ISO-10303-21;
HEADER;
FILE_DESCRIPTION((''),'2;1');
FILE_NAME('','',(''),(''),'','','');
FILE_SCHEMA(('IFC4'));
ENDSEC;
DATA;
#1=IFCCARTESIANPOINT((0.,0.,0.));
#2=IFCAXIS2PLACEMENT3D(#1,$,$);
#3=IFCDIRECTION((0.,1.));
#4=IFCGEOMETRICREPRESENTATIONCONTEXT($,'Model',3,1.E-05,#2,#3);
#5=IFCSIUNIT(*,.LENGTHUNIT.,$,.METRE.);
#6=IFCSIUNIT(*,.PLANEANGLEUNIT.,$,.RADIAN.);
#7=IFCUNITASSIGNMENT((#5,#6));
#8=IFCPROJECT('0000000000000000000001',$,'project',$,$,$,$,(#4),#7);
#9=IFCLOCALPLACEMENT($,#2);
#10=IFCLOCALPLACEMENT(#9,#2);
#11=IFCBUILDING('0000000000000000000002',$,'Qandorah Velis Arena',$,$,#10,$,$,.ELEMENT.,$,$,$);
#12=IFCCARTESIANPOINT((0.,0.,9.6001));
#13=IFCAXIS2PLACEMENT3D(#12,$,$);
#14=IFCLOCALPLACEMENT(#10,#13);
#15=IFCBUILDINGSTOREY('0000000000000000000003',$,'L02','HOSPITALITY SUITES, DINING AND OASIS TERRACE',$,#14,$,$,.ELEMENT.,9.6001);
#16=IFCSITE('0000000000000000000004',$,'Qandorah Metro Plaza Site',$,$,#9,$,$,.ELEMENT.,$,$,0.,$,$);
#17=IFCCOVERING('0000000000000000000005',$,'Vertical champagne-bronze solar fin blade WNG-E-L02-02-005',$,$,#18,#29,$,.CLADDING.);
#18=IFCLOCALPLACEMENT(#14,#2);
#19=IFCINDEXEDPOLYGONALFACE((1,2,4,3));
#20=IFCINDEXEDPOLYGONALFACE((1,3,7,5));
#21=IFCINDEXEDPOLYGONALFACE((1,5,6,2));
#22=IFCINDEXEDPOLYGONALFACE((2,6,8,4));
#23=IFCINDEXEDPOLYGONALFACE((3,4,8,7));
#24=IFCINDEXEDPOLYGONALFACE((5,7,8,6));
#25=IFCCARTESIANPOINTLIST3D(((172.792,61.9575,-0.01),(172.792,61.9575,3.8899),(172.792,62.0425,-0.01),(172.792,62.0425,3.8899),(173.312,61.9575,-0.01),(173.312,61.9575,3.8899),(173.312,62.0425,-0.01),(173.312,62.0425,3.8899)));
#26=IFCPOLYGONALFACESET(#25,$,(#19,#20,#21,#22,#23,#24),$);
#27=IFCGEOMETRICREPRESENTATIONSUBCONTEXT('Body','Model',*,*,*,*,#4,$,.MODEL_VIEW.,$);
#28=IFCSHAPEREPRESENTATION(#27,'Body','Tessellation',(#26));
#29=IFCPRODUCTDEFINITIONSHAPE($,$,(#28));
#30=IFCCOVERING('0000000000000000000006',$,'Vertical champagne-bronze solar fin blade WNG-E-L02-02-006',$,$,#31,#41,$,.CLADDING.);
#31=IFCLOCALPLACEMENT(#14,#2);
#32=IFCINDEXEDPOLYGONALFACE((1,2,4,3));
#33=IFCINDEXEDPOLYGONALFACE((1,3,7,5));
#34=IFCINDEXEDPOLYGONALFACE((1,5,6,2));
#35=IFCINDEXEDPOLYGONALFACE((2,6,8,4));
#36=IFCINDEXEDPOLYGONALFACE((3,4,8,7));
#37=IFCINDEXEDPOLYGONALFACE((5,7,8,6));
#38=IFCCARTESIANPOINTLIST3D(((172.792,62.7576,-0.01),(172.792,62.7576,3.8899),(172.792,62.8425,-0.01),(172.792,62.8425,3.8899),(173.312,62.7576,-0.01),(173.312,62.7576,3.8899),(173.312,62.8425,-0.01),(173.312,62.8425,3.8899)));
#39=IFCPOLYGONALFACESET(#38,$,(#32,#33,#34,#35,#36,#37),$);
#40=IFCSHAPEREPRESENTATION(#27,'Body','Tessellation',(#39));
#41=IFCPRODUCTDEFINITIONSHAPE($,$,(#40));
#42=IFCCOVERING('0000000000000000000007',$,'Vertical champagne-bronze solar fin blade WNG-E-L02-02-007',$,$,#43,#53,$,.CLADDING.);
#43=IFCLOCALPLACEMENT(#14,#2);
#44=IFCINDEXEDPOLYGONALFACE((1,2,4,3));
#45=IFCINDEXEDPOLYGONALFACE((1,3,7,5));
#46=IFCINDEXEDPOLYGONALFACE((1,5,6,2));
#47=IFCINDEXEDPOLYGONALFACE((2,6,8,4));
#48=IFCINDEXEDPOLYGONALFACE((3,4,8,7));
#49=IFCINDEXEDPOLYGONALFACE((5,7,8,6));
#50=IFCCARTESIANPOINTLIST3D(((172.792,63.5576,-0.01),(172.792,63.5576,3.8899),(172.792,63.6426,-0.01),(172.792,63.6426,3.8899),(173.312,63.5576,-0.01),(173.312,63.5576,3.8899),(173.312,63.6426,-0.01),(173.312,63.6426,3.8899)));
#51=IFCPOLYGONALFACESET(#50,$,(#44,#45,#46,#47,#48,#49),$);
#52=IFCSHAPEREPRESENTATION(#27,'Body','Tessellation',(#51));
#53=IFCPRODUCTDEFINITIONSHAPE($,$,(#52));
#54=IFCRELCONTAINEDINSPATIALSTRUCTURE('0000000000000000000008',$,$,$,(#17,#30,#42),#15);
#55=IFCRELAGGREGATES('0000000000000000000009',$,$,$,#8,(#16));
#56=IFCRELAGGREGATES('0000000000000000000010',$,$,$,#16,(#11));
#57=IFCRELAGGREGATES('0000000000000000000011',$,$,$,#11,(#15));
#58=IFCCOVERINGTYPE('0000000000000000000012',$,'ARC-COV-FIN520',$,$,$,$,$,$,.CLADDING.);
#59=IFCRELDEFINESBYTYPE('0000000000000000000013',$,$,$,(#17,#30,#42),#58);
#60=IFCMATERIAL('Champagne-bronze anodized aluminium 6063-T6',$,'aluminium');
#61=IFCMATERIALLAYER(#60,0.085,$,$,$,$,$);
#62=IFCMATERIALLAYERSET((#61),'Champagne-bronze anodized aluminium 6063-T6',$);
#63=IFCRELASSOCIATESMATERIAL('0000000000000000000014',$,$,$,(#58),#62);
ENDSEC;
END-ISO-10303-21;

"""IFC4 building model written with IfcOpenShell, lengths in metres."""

from ifc_helpers import new_model, si_unit, direction, frame, origin, origin_2d, place, context, subcontext, project, spatial, rectangle, extrude, material, layer, layer_set, type_object, element, save


model = new_model("IFC4")

# Units and contexts
model_context = context("Model", 3, precision=1e-05, world=origin(), true_north=direction((0.0, 1.0)))
body_context = subcontext(model_context, "Body", "Model", "MODEL_VIEW")
ifc_project = project(units=[si_unit("LENGTHUNIT", "METRE"), si_unit("PLANEANGLEUNIT", "RADIAN")], contexts=[model_context])

# Site, building, storey
site_placement = place(None, origin())
site = spatial("IfcSite", under=ifc_project, at=site_placement, Name="Qandorah Metro Plaza Site", CompositionType="ELEMENT", RefElevation=0.0)
building_placement = place(site_placement, origin())
building = spatial("IfcBuilding", under=site, at=building_placement, Name="Qandorah Velis Arena", CompositionType="ELEMENT")
storey_placement = place(building_placement, frame((0.0, 0.0, 9.6001)))
storey = spatial("IfcBuildingStorey", under=building, at=storey_placement, Name="L02", Description="HOSPITALITY SUITES, DINING AND OASIS TERRACE", CompositionType="ELEMENT", Elevation=9.6001)

# Shared definitions
ifc_material_1 = material(Name="Champagne-bronze anodized aluminium 6063-T6", Category="aluminium")

# Coverings
ifc_layer_1 = layer(ifc_material_1, 0.085)
ifc_layer_set_1 = layer_set([ifc_layer_1], Name="Champagne-bronze anodized aluminium 6063-T6")
covering_type = type_object("IfcCoveringType", Name="ARC-COV-FIN520", PredefinedType="CLADDING", material=ifc_layer_set_1)
for number, where, z_axis, x_axis, name in (
    (1, (173.052, 62.0, -0.01), (0.0, 0.0, 1.0), (1.0, 0.0, 0.0), "Vertical champagne-bronze solar fin blade WNG-E-L02-02-005"),
    (2, (173.052, 62.8, -0.01), (0.0, 0.0, 1.0), (1.0, 0.0, 0.0), "Vertical champagne-bronze solar fin blade WNG-E-L02-02-006"),
    (3, (173.052, 63.6001, -0.01), (0.0, 0.0, 1.0), (1.0, 0.0, 0.0), "Vertical champagne-bronze solar fin blade WNG-E-L02-02-007"),
):
    element("IfcCovering", number, at=place(storey_placement, frame(where, z_axis=z_axis, x_axis=x_axis)), inside=storey, type_object=covering_type, Name=name, PredefinedType="CLADDING", context=body_context, shape_type="SweptSolid", body=[
        extrude(rectangle(XDim=0.52, YDim=0.085, at=origin_2d()), origin(), (0.0, 0.0, 1.0), 3.8999),
    ])

save(model, "model.ifc")
